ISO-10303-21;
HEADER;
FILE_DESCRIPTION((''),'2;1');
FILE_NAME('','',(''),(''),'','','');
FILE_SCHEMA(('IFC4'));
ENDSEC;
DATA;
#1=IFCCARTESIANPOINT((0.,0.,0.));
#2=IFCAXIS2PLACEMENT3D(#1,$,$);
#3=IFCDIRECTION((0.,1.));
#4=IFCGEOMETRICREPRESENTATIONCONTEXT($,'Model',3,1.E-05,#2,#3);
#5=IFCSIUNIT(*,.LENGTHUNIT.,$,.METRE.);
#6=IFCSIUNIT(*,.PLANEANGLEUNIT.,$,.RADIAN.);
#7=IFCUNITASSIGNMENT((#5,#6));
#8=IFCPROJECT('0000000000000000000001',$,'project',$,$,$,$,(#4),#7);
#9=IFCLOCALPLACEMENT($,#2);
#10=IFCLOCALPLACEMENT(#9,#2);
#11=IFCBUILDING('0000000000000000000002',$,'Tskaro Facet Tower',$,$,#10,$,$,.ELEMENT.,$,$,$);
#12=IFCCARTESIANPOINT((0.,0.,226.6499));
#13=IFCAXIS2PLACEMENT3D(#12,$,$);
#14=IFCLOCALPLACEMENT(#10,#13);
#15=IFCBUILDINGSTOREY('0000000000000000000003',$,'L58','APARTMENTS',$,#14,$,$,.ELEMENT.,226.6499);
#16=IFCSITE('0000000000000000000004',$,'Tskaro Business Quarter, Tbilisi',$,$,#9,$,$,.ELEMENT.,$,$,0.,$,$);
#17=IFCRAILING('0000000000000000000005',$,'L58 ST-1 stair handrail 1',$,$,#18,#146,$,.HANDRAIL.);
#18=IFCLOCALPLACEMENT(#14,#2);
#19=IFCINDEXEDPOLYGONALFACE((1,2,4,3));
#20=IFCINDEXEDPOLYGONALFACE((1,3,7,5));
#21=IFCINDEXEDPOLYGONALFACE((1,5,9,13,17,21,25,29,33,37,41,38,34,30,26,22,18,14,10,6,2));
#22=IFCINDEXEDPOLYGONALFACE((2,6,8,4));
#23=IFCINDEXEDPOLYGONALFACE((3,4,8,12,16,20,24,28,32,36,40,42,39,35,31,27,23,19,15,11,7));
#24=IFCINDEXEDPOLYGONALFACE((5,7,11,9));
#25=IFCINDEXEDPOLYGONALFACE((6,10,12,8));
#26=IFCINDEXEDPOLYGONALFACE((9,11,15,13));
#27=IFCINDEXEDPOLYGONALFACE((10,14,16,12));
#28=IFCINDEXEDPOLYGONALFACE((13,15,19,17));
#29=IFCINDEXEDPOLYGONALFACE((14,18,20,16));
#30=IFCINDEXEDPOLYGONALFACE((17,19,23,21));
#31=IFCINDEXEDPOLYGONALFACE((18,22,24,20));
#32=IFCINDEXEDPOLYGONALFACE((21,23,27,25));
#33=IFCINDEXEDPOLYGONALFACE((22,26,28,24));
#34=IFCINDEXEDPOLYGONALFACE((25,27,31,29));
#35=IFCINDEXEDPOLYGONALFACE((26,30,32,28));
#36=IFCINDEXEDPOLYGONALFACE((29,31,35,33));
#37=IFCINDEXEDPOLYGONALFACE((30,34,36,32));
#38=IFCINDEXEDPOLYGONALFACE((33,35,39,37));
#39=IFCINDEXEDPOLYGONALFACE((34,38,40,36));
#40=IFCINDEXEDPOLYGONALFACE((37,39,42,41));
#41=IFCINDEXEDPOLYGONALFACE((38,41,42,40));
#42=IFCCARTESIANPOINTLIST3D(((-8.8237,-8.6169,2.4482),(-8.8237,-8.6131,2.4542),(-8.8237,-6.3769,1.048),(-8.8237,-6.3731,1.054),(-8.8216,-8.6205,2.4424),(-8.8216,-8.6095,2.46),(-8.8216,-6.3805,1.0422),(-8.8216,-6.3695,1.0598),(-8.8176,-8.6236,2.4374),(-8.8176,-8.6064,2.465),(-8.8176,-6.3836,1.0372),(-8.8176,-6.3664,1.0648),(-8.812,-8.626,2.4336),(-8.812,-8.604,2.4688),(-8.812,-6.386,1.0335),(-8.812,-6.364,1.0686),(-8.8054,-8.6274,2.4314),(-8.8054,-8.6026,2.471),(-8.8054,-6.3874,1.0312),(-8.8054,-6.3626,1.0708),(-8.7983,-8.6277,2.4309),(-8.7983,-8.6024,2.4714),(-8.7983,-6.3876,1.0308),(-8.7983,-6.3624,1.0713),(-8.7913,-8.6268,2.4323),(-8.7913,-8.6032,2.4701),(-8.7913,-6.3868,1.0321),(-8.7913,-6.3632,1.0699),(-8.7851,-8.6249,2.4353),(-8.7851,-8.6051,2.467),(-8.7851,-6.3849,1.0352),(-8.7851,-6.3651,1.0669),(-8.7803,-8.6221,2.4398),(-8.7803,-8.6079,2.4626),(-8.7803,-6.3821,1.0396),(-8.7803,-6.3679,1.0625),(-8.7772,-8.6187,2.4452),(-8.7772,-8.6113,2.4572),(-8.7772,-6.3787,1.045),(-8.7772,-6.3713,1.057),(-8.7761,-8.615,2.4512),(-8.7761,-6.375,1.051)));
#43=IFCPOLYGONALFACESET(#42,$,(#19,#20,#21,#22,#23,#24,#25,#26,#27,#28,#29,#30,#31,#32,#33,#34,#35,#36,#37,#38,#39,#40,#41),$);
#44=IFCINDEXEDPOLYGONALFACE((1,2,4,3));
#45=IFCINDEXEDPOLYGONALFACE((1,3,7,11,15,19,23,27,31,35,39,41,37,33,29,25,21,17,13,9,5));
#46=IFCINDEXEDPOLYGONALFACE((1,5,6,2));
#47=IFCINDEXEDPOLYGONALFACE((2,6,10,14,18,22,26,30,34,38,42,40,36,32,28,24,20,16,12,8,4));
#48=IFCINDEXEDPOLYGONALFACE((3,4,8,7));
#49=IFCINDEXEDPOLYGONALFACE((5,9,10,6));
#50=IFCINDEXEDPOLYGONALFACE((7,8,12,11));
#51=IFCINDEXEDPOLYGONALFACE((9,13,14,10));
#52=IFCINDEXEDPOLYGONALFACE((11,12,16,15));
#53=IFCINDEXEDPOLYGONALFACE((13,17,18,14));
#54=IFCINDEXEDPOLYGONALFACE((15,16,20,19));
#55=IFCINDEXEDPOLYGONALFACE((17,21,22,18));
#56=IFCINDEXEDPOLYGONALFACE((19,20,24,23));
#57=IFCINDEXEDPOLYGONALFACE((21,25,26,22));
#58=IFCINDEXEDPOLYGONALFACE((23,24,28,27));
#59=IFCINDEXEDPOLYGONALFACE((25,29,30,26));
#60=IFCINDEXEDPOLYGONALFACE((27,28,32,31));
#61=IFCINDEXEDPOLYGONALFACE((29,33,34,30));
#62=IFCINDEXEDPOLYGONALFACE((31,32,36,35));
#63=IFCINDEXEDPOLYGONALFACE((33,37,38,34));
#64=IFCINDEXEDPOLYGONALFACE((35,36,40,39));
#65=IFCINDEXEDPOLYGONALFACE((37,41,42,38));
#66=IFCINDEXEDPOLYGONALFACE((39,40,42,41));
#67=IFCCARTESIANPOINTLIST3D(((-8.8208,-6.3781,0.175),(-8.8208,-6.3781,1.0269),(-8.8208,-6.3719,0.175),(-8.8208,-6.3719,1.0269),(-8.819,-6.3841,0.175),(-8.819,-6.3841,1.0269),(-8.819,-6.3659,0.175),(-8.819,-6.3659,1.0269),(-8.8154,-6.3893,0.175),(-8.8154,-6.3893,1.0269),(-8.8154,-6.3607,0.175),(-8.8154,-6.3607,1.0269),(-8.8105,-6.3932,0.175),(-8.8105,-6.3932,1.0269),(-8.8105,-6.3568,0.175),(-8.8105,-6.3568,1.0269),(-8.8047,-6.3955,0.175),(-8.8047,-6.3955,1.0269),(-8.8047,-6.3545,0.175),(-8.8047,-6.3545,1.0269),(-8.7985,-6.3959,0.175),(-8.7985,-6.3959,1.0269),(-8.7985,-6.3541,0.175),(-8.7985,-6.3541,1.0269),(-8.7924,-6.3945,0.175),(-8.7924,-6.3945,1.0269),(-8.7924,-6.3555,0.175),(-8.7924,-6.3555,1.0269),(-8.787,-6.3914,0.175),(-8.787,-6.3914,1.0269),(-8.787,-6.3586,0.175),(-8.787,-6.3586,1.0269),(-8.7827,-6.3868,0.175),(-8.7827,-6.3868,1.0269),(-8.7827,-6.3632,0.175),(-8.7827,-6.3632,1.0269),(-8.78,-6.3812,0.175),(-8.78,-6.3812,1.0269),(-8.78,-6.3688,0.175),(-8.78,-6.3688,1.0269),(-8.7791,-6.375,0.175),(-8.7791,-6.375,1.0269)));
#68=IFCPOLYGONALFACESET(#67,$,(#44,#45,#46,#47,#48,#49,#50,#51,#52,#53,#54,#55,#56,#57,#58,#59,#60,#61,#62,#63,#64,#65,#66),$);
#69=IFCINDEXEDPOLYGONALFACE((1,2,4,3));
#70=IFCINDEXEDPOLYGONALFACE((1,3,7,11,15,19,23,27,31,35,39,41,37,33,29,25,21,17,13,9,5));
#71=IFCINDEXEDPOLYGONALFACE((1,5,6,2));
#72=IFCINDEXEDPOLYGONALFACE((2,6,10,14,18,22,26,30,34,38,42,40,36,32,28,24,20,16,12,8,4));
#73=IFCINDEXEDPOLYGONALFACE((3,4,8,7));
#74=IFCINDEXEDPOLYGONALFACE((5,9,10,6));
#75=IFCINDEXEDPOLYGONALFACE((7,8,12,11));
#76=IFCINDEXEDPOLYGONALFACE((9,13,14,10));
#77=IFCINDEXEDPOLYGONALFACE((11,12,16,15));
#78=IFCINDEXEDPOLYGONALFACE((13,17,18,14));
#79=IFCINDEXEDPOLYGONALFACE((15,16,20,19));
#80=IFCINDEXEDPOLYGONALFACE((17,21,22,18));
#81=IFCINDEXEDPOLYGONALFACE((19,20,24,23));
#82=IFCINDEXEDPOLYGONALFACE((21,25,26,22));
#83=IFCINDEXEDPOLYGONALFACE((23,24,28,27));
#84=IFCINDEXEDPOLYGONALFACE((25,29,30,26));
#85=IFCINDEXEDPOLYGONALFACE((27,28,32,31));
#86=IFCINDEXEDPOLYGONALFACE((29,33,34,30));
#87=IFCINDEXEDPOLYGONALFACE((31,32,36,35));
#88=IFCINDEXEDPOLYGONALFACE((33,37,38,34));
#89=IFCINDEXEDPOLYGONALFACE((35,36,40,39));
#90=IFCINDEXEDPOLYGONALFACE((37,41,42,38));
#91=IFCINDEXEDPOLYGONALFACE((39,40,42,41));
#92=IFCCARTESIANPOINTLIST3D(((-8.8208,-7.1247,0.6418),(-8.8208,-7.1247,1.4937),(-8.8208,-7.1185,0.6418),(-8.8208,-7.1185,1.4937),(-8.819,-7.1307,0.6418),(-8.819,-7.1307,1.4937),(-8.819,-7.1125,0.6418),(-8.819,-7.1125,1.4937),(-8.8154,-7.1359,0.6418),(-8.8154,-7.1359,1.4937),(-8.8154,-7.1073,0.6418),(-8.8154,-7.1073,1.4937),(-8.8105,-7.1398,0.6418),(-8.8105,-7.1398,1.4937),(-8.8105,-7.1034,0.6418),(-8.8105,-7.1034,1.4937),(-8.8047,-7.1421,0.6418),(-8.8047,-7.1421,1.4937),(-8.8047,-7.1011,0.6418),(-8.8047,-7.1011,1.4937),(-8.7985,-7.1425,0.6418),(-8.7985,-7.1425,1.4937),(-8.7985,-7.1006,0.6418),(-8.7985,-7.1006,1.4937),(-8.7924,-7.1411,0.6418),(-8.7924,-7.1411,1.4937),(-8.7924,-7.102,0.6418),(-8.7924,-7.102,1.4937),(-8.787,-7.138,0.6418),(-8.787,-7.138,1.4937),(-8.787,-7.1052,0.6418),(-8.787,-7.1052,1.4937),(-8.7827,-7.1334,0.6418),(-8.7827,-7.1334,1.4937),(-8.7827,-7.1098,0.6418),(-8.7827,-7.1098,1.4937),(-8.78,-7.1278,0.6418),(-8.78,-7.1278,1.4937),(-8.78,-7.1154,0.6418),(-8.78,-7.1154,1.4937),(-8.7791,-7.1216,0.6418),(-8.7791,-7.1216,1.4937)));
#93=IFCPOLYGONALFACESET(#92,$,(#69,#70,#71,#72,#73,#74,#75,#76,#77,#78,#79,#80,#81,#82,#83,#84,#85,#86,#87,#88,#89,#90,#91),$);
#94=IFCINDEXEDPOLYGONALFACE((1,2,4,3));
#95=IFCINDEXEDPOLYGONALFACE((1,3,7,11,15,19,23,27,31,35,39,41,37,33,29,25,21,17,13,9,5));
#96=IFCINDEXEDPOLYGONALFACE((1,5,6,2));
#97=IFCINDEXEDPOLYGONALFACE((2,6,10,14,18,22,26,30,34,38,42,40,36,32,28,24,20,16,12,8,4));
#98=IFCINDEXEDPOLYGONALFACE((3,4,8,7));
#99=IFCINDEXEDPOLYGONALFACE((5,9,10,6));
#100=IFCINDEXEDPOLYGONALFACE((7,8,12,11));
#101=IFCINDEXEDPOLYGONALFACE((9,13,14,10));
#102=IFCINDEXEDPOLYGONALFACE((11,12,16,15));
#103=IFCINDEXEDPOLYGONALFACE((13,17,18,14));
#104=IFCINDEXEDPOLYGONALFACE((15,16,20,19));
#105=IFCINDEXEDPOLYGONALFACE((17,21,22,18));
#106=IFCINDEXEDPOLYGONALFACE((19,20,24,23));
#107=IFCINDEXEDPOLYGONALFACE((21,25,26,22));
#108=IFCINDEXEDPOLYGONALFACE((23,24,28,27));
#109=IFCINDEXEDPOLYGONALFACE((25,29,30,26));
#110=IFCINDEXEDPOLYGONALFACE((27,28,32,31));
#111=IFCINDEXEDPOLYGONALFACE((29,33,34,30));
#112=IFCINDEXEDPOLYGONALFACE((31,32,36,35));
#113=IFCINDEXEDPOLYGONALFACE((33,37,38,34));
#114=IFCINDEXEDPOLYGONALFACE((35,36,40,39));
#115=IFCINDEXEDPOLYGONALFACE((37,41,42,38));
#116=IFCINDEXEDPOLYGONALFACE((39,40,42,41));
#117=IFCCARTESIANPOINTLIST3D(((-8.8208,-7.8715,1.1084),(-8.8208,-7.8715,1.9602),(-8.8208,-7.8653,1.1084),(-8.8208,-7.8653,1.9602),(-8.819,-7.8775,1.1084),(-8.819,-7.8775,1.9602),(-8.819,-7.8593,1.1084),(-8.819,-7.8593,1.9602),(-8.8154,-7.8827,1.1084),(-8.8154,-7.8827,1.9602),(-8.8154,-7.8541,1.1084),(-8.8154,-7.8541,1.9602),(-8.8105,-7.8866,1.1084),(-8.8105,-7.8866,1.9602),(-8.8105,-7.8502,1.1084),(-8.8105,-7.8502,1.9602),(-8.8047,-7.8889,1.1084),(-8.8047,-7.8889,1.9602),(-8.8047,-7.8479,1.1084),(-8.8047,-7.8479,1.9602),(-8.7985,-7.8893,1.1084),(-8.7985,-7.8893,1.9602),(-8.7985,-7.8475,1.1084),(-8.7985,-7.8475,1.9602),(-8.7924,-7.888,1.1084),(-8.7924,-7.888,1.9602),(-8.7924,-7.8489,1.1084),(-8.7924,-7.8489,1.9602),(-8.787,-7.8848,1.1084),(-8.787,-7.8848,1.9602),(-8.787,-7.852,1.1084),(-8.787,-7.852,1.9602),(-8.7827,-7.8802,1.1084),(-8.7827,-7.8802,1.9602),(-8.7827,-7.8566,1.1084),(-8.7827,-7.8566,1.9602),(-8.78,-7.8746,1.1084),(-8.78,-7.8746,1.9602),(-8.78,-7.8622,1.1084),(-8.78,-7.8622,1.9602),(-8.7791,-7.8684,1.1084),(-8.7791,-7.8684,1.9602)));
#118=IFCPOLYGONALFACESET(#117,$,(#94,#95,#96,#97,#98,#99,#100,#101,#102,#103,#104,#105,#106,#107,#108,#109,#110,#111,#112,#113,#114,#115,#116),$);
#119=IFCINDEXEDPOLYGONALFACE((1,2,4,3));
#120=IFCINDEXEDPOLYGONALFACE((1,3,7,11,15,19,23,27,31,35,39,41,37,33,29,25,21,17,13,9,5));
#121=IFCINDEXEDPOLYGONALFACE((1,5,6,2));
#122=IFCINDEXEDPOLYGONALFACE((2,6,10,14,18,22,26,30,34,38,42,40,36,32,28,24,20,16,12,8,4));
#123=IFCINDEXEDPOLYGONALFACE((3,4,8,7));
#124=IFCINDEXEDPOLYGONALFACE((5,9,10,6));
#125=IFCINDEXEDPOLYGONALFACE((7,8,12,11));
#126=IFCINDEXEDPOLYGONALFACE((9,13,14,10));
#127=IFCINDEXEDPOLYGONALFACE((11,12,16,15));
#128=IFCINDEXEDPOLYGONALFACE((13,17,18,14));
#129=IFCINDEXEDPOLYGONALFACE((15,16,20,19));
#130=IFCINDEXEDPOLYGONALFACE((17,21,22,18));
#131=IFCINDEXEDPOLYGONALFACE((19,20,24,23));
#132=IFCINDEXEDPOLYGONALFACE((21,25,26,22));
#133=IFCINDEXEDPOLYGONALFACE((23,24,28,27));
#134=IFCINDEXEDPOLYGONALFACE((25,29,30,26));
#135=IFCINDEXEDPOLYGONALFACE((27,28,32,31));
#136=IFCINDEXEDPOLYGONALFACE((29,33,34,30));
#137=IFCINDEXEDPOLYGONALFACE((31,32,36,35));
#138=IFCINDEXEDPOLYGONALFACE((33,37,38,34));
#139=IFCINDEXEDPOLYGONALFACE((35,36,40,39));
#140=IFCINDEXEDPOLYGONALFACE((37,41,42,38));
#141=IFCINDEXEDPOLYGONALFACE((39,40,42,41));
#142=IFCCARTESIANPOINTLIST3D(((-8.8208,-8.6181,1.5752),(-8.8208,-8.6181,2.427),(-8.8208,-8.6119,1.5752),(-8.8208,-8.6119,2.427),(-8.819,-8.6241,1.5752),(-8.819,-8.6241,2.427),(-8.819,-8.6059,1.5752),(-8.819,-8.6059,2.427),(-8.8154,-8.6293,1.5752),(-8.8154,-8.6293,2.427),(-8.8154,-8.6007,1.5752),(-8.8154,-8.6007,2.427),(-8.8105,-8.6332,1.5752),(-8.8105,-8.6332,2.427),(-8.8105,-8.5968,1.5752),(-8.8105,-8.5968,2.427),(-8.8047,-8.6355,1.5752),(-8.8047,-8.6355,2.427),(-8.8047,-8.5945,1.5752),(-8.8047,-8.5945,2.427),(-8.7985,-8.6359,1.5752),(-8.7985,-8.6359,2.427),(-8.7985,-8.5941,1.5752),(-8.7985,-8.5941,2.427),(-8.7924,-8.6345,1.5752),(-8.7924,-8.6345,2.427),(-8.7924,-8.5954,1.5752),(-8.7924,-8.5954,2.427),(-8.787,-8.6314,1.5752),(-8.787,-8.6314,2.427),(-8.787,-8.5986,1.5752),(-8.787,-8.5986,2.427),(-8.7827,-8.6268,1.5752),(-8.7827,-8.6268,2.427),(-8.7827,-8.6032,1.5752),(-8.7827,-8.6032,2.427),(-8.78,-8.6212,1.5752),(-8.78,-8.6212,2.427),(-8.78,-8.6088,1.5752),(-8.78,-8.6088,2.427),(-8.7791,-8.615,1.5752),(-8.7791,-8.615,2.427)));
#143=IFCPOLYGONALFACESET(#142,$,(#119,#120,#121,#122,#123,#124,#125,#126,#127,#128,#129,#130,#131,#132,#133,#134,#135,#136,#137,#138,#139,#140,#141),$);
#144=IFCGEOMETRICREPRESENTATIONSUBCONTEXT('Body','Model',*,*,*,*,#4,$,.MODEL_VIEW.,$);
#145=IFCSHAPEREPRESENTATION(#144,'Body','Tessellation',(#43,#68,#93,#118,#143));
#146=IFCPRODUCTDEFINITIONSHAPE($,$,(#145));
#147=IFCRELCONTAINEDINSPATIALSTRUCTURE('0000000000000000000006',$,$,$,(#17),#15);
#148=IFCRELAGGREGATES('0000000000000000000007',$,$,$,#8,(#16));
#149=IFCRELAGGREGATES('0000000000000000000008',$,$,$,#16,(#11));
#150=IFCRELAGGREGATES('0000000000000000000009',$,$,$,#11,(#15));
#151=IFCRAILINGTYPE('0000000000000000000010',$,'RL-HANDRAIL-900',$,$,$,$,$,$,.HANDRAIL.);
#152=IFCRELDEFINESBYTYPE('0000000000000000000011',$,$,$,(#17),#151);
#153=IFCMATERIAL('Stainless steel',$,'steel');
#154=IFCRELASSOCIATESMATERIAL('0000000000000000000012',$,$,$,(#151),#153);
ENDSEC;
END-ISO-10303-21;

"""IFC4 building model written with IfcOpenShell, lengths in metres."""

from ifc_helpers import new_model, si_unit, direction, frame, origin, origin_2d, place, context, subcontext, project, spatial, circle, extrude, material, type_object, element, save


model = new_model("IFC4")

# Units and contexts
model_context = context("Model", 3, precision=1e-05, world=origin(), true_north=direction((0.0, 1.0)))
body_context = subcontext(model_context, "Body", "Model", "MODEL_VIEW")
ifc_project = project(units=[si_unit("LENGTHUNIT", "METRE"), si_unit("PLANEANGLEUNIT", "RADIAN")], contexts=[model_context])

# Site, building, storey
site_placement = place(None, origin())
site = spatial("IfcSite", under=ifc_project, at=site_placement, Name="Tskaro Business Quarter, Tbilisi", CompositionType="ELEMENT", RefElevation=0.0)
building_placement = place(site_placement, origin())
building = spatial("IfcBuilding", under=site, at=building_placement, Name="Tskaro Facet Tower", CompositionType="ELEMENT")
storey_placement = place(building_placement, frame((0.0, 0.0, 226.6499)))
storey = spatial("IfcBuildingStorey", under=building, at=storey_placement, Name="L58", Description="APARTMENTS", CompositionType="ELEMENT", Elevation=226.6499)

# Shared definitions
ifc_material_1 = material(Name="Stainless steel", Category="steel")

# Railing
railing_type_1 = type_object("IfcRailingType", Name="RL-HANDRAIL-900", PredefinedType="HANDRAIL", material=ifc_material_1)
railing_1_placement = place(storey_placement, frame((-8.8, -6.375, 0.175)))
element("IfcRailing", 1, at=railing_1_placement, inside=storey, type_object=railing_type_1, Name="L58 ST-1 stair handrail 1", PredefinedType="HANDRAIL", context=body_context, shape_type="SweptSolid", body=[
    extrude(circle(Radius=0.0239, at=origin_2d()), frame((0.0, 0.0, 0.876), z_axis=(0.0, -0.847972, 0.53004), x_axis=(1.0, 0.0, 0.0)), (0.0, 0.0, 1.0), 2.6416),
    extrude(circle(Radius=0.021, at=origin_2d()), origin(), (0.0, 0.0, 1.0), 0.8518),
    extrude(circle(Radius=0.021, at=origin_2d()), frame((0.0, -0.7466, 0.4668)), (0.0, 0.0, 1.0), 0.8518),
    extrude(circle(Radius=0.021, at=origin_2d()), frame((0.0, -1.4934, 0.9333)), (0.0, 0.0, 1.0), 0.8518),
    extrude(circle(Radius=0.021, at=origin_2d()), frame((0.0, -2.24, 1.4001)), (0.0, 0.0, 1.0), 0.8518),
])

save(model, "model.ifc")
